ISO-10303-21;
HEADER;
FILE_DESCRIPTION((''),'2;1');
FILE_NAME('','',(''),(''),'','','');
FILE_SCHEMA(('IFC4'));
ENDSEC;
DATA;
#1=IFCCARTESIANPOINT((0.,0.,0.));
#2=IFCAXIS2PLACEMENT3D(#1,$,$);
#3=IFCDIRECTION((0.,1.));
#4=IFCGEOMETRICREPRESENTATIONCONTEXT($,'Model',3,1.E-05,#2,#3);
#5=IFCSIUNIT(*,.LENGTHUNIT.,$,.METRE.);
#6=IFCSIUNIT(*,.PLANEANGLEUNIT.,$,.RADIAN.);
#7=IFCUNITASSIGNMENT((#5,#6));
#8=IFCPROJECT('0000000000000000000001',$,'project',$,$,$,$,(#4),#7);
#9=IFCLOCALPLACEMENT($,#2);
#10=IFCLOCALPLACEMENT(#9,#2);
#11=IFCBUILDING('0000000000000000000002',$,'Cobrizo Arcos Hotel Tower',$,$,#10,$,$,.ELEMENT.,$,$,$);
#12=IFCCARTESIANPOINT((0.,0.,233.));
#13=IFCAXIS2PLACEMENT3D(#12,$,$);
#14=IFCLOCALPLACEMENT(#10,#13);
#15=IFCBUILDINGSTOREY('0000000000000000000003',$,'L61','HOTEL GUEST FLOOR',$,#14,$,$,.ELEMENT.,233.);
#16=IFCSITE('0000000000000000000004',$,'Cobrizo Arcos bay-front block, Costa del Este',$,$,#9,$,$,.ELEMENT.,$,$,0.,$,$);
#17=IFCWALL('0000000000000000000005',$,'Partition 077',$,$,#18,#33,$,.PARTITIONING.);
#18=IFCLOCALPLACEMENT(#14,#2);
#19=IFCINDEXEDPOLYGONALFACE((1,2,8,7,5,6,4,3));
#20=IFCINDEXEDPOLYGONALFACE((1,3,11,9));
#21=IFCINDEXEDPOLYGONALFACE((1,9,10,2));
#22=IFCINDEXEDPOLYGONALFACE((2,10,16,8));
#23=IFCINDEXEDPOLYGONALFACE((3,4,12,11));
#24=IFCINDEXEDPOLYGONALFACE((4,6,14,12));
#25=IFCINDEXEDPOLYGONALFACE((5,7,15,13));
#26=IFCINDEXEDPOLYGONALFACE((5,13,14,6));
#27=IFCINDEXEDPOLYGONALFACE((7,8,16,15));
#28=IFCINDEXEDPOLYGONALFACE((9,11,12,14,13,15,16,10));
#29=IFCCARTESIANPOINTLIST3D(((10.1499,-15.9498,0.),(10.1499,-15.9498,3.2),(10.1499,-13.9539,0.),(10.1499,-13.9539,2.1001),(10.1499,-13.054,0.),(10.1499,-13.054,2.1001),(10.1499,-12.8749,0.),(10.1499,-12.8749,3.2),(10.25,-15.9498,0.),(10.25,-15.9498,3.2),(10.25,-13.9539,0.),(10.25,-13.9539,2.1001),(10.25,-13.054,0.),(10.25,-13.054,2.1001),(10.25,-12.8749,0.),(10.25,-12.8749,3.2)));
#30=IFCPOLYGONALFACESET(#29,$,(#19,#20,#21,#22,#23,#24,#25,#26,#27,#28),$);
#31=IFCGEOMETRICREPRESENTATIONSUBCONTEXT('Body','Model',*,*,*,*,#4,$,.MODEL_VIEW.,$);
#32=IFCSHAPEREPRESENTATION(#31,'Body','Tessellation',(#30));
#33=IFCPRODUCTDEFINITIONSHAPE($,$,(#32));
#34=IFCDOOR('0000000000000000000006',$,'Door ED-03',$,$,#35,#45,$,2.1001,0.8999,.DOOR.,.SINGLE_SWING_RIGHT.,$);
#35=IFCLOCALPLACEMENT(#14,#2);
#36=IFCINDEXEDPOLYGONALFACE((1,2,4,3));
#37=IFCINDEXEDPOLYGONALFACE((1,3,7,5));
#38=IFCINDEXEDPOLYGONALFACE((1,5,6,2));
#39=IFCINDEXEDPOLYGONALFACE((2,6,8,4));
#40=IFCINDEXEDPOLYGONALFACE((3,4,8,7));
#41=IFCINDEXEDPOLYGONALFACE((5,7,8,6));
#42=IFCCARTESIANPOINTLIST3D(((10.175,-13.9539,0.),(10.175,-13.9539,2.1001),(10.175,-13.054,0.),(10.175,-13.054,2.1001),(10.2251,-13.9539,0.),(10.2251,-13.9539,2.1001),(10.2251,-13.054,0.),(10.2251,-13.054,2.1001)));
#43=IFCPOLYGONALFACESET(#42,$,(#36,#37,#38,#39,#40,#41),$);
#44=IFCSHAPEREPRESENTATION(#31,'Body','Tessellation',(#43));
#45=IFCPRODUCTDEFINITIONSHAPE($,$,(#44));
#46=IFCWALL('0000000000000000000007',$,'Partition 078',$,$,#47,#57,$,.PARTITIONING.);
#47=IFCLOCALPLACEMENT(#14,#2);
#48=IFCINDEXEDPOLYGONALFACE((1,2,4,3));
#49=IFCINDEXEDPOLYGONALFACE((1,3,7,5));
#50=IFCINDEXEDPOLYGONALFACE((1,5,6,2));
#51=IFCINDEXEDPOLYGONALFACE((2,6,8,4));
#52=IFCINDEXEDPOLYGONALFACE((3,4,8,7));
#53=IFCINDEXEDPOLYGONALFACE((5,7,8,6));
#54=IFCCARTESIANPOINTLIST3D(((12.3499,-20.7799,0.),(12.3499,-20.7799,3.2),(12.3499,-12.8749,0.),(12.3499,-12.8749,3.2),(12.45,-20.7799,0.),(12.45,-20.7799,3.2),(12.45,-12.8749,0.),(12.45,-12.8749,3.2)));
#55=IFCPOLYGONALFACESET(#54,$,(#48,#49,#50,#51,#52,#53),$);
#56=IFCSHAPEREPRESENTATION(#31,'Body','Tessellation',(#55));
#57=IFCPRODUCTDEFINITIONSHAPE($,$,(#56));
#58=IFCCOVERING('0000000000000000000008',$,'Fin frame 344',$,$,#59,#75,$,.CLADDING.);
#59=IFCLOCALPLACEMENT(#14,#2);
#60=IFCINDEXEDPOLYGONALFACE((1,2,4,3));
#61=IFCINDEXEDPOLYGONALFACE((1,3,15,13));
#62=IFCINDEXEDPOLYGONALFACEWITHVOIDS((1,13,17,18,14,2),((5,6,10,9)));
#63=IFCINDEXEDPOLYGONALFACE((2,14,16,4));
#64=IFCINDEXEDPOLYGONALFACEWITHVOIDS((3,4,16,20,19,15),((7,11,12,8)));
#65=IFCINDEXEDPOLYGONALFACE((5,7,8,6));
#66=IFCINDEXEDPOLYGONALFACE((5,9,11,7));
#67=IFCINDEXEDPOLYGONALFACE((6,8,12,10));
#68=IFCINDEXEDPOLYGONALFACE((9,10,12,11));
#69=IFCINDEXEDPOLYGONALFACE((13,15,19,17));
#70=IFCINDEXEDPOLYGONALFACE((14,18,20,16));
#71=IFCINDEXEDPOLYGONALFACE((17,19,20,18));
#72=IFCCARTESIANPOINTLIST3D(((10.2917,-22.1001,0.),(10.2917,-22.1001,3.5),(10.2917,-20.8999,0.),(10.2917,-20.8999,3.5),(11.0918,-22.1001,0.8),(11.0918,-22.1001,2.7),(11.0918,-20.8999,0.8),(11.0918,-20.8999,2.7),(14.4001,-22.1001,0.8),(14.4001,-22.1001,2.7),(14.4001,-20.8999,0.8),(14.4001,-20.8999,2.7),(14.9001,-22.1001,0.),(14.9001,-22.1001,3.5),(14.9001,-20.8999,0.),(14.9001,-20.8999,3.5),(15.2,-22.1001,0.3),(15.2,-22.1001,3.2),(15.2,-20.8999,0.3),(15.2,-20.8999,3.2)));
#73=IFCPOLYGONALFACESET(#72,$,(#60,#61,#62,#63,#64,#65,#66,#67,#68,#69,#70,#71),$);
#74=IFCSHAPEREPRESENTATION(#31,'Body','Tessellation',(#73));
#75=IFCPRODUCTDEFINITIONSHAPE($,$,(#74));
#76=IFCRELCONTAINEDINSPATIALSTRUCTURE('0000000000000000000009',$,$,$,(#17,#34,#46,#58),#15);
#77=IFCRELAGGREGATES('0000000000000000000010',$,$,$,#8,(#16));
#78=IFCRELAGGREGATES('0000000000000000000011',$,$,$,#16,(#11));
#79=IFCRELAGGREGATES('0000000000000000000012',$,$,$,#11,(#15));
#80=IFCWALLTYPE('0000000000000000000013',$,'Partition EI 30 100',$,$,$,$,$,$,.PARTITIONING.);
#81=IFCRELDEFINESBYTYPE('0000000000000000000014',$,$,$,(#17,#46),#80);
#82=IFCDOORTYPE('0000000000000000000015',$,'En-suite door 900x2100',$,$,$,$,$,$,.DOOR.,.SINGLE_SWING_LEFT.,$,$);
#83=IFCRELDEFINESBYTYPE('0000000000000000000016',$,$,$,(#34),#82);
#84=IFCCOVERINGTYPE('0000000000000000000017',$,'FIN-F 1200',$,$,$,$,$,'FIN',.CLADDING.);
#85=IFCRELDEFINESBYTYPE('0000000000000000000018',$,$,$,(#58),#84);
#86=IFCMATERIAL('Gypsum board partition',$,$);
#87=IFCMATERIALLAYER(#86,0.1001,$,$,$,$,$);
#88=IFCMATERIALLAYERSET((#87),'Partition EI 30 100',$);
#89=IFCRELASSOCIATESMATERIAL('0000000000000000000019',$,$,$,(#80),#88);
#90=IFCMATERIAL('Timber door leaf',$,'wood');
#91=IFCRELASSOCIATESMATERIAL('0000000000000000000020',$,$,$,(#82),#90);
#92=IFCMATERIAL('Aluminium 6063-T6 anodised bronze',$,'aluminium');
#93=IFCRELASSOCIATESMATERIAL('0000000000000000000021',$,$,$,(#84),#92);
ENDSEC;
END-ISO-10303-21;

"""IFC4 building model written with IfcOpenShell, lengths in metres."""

from ifc_helpers import new_model, si_unit, direction, frame, frame_2d, origin, place, context, subcontext, project, spatial, polyline, rectangle, outline, extrude, material, layer, layer_set, type_object, element, fill, save


model = new_model("IFC4")

# Units and contexts
model_context = context("Model", 3, precision=1e-05, world=origin(), true_north=direction((0.0, 1.0)))
body_context = subcontext(model_context, "Body", "Model", "MODEL_VIEW")
ifc_project = project(units=[si_unit("LENGTHUNIT", "METRE"), si_unit("PLANEANGLEUNIT", "RADIAN")], contexts=[model_context])

# Site, building, storey
site_placement = place(None, origin())
site = spatial("IfcSite", under=ifc_project, at=site_placement, Name="Cobrizo Arcos bay-front block, Costa del Este", CompositionType="ELEMENT", RefElevation=0.0)
building_placement = place(site_placement, origin())
building = spatial("IfcBuilding", under=site, at=building_placement, Name="Cobrizo Arcos Hotel Tower", CompositionType="ELEMENT")
storey_placement = place(building_placement, frame((0.0, 0.0, 233.0)))
storey = spatial("IfcBuildingStorey", under=building, at=storey_placement, Name="L61", Description="HOTEL GUEST FLOOR", CompositionType="ELEMENT", Elevation=233.0)

# Shared definitions
ifc_material_1 = material(Name="Aluminium 6063-T6 anodised bronze", Category="aluminium")

# Shared definitions
ifc_material_2 = material(Name="Gypsum board partition")
ifc_material_3 = material(Name="Timber door leaf", Category="wood")

# Shared definitions
ifc_layer_1 = layer(ifc_material_2, 0.1001)
ifc_layer_set_1 = layer_set([ifc_layer_1], Name="Partition EI 30 100")
wall_type_1 = type_object("IfcWallType", Name="Partition EI 30 100", PredefinedType="PARTITIONING", material=ifc_layer_set_1)
door_type_1 = type_object("IfcDoorType", Name="En-suite door 900x2100", OperationType="SINGLE_SWING_LEFT", PredefinedType="DOOR", material=ifc_material_3)

# Wall, opening, door
wall_1_placement = place(storey_placement, frame((10.2, -15.95, 0.0), z_axis=(0.0, 0.0, 1.0), x_axis=(0.0, 1.0, 0.0)))
wall_1 = element("IfcWall", 1, at=wall_1_placement, inside=storey, type_object=wall_type_1, Name="Partition 077", PredefinedType="PARTITIONING", context=body_context, shape_type="SweptSolid", body=[
    extrude(rectangle(XDim=3.075, YDim=0.1001, at=frame_2d((1.5376, 0.0))), origin(), (0.0, 0.0, 1.0), 3.2),
])
opening_1_placement = place(wall_1_placement, frame((1.9961, 0.0, 0.0)))
opening_1 = element("IfcOpeningElement", 2, at=opening_1_placement, cuts=wall_1, PredefinedType="OPENING", context=body_context, shape_type="SweptSolid", body=[
    extrude(rectangle(XDim=0.8999, YDim=2.1001, at=frame_2d((0.45, 1.05))), frame((0.0, 0.062, 0.0), z_axis=(0.0, -1.0, 0.0), x_axis=(1.0, 0.0, 0.0)), (0.0, 0.0, 1.0), 0.124),
])
door_1_placement = place(opening_1_placement, origin())
door_1 = element("IfcDoor", 3, at=door_1_placement, inside=storey, type_object=door_type_1, Name="Door ED-03", OperationType="SINGLE_SWING_RIGHT", OverallHeight=2.1001, OverallWidth=0.8999, PredefinedType="DOOR", context=body_context, shape_type="SweptSolid", body=[
    extrude(rectangle(XDim=0.8999, YDim=2.1001, at=frame_2d((0.45, 1.05))), frame((0.0, 0.0249, 0.0), z_axis=(0.0, -1.0, 0.0), x_axis=(1.0, 0.0, 0.0)), (0.0, 0.0, 1.0), 0.05),
])
fill(opening_1, door_1)

# Wall
wall_2_placement = place(storey_placement, frame((12.3999, -20.78, 0.0), z_axis=(0.0, 0.0, 1.0), x_axis=(0.0, 1.0, 0.0)))
element("IfcWall", 4, at=wall_2_placement, inside=storey, type_object=wall_type_1, Name="Partition 078", PredefinedType="PARTITIONING", context=body_context, shape_type="SweptSolid", body=[
    extrude(rectangle(XDim=7.905, YDim=0.1001, at=frame_2d((3.9526, 0.0))), origin(), (0.0, 0.0, 1.0), 3.2),
])

# Covering
covering_type = type_object("IfcCoveringType", Name="FIN-F 1200", ElementType="FIN", PredefinedType="CLADDING", material=ifc_material_1)
covering_placement = place(storey_placement, frame((10.2917, -20.8999, 0.0), z_axis=(0.0, -1.0, 0.0), x_axis=(1.0, 0.0, 0.0)))
element("IfcCovering", 5, at=covering_placement, inside=storey, type_object=covering_type, Name="Fin frame 344", PredefinedType="CLADDING", context=body_context, shape_type="SweptSolid", body=[
    extrude(outline(polyline([(0.0, 3.5), (0.0, 0.0), (4.6084, 0.0), (4.9082, 0.3), (4.9082, 3.2), (4.6084, 3.5), (0.0, 3.5)]), holes=[polyline([(4.1084, 0.8), (0.8, 0.8), (0.8, 2.7), (4.1084, 2.7), (4.1084, 0.8)])]), origin(), (0.0, 0.0, 1.0), 1.2002),
])

save(model, "model.ifc")
